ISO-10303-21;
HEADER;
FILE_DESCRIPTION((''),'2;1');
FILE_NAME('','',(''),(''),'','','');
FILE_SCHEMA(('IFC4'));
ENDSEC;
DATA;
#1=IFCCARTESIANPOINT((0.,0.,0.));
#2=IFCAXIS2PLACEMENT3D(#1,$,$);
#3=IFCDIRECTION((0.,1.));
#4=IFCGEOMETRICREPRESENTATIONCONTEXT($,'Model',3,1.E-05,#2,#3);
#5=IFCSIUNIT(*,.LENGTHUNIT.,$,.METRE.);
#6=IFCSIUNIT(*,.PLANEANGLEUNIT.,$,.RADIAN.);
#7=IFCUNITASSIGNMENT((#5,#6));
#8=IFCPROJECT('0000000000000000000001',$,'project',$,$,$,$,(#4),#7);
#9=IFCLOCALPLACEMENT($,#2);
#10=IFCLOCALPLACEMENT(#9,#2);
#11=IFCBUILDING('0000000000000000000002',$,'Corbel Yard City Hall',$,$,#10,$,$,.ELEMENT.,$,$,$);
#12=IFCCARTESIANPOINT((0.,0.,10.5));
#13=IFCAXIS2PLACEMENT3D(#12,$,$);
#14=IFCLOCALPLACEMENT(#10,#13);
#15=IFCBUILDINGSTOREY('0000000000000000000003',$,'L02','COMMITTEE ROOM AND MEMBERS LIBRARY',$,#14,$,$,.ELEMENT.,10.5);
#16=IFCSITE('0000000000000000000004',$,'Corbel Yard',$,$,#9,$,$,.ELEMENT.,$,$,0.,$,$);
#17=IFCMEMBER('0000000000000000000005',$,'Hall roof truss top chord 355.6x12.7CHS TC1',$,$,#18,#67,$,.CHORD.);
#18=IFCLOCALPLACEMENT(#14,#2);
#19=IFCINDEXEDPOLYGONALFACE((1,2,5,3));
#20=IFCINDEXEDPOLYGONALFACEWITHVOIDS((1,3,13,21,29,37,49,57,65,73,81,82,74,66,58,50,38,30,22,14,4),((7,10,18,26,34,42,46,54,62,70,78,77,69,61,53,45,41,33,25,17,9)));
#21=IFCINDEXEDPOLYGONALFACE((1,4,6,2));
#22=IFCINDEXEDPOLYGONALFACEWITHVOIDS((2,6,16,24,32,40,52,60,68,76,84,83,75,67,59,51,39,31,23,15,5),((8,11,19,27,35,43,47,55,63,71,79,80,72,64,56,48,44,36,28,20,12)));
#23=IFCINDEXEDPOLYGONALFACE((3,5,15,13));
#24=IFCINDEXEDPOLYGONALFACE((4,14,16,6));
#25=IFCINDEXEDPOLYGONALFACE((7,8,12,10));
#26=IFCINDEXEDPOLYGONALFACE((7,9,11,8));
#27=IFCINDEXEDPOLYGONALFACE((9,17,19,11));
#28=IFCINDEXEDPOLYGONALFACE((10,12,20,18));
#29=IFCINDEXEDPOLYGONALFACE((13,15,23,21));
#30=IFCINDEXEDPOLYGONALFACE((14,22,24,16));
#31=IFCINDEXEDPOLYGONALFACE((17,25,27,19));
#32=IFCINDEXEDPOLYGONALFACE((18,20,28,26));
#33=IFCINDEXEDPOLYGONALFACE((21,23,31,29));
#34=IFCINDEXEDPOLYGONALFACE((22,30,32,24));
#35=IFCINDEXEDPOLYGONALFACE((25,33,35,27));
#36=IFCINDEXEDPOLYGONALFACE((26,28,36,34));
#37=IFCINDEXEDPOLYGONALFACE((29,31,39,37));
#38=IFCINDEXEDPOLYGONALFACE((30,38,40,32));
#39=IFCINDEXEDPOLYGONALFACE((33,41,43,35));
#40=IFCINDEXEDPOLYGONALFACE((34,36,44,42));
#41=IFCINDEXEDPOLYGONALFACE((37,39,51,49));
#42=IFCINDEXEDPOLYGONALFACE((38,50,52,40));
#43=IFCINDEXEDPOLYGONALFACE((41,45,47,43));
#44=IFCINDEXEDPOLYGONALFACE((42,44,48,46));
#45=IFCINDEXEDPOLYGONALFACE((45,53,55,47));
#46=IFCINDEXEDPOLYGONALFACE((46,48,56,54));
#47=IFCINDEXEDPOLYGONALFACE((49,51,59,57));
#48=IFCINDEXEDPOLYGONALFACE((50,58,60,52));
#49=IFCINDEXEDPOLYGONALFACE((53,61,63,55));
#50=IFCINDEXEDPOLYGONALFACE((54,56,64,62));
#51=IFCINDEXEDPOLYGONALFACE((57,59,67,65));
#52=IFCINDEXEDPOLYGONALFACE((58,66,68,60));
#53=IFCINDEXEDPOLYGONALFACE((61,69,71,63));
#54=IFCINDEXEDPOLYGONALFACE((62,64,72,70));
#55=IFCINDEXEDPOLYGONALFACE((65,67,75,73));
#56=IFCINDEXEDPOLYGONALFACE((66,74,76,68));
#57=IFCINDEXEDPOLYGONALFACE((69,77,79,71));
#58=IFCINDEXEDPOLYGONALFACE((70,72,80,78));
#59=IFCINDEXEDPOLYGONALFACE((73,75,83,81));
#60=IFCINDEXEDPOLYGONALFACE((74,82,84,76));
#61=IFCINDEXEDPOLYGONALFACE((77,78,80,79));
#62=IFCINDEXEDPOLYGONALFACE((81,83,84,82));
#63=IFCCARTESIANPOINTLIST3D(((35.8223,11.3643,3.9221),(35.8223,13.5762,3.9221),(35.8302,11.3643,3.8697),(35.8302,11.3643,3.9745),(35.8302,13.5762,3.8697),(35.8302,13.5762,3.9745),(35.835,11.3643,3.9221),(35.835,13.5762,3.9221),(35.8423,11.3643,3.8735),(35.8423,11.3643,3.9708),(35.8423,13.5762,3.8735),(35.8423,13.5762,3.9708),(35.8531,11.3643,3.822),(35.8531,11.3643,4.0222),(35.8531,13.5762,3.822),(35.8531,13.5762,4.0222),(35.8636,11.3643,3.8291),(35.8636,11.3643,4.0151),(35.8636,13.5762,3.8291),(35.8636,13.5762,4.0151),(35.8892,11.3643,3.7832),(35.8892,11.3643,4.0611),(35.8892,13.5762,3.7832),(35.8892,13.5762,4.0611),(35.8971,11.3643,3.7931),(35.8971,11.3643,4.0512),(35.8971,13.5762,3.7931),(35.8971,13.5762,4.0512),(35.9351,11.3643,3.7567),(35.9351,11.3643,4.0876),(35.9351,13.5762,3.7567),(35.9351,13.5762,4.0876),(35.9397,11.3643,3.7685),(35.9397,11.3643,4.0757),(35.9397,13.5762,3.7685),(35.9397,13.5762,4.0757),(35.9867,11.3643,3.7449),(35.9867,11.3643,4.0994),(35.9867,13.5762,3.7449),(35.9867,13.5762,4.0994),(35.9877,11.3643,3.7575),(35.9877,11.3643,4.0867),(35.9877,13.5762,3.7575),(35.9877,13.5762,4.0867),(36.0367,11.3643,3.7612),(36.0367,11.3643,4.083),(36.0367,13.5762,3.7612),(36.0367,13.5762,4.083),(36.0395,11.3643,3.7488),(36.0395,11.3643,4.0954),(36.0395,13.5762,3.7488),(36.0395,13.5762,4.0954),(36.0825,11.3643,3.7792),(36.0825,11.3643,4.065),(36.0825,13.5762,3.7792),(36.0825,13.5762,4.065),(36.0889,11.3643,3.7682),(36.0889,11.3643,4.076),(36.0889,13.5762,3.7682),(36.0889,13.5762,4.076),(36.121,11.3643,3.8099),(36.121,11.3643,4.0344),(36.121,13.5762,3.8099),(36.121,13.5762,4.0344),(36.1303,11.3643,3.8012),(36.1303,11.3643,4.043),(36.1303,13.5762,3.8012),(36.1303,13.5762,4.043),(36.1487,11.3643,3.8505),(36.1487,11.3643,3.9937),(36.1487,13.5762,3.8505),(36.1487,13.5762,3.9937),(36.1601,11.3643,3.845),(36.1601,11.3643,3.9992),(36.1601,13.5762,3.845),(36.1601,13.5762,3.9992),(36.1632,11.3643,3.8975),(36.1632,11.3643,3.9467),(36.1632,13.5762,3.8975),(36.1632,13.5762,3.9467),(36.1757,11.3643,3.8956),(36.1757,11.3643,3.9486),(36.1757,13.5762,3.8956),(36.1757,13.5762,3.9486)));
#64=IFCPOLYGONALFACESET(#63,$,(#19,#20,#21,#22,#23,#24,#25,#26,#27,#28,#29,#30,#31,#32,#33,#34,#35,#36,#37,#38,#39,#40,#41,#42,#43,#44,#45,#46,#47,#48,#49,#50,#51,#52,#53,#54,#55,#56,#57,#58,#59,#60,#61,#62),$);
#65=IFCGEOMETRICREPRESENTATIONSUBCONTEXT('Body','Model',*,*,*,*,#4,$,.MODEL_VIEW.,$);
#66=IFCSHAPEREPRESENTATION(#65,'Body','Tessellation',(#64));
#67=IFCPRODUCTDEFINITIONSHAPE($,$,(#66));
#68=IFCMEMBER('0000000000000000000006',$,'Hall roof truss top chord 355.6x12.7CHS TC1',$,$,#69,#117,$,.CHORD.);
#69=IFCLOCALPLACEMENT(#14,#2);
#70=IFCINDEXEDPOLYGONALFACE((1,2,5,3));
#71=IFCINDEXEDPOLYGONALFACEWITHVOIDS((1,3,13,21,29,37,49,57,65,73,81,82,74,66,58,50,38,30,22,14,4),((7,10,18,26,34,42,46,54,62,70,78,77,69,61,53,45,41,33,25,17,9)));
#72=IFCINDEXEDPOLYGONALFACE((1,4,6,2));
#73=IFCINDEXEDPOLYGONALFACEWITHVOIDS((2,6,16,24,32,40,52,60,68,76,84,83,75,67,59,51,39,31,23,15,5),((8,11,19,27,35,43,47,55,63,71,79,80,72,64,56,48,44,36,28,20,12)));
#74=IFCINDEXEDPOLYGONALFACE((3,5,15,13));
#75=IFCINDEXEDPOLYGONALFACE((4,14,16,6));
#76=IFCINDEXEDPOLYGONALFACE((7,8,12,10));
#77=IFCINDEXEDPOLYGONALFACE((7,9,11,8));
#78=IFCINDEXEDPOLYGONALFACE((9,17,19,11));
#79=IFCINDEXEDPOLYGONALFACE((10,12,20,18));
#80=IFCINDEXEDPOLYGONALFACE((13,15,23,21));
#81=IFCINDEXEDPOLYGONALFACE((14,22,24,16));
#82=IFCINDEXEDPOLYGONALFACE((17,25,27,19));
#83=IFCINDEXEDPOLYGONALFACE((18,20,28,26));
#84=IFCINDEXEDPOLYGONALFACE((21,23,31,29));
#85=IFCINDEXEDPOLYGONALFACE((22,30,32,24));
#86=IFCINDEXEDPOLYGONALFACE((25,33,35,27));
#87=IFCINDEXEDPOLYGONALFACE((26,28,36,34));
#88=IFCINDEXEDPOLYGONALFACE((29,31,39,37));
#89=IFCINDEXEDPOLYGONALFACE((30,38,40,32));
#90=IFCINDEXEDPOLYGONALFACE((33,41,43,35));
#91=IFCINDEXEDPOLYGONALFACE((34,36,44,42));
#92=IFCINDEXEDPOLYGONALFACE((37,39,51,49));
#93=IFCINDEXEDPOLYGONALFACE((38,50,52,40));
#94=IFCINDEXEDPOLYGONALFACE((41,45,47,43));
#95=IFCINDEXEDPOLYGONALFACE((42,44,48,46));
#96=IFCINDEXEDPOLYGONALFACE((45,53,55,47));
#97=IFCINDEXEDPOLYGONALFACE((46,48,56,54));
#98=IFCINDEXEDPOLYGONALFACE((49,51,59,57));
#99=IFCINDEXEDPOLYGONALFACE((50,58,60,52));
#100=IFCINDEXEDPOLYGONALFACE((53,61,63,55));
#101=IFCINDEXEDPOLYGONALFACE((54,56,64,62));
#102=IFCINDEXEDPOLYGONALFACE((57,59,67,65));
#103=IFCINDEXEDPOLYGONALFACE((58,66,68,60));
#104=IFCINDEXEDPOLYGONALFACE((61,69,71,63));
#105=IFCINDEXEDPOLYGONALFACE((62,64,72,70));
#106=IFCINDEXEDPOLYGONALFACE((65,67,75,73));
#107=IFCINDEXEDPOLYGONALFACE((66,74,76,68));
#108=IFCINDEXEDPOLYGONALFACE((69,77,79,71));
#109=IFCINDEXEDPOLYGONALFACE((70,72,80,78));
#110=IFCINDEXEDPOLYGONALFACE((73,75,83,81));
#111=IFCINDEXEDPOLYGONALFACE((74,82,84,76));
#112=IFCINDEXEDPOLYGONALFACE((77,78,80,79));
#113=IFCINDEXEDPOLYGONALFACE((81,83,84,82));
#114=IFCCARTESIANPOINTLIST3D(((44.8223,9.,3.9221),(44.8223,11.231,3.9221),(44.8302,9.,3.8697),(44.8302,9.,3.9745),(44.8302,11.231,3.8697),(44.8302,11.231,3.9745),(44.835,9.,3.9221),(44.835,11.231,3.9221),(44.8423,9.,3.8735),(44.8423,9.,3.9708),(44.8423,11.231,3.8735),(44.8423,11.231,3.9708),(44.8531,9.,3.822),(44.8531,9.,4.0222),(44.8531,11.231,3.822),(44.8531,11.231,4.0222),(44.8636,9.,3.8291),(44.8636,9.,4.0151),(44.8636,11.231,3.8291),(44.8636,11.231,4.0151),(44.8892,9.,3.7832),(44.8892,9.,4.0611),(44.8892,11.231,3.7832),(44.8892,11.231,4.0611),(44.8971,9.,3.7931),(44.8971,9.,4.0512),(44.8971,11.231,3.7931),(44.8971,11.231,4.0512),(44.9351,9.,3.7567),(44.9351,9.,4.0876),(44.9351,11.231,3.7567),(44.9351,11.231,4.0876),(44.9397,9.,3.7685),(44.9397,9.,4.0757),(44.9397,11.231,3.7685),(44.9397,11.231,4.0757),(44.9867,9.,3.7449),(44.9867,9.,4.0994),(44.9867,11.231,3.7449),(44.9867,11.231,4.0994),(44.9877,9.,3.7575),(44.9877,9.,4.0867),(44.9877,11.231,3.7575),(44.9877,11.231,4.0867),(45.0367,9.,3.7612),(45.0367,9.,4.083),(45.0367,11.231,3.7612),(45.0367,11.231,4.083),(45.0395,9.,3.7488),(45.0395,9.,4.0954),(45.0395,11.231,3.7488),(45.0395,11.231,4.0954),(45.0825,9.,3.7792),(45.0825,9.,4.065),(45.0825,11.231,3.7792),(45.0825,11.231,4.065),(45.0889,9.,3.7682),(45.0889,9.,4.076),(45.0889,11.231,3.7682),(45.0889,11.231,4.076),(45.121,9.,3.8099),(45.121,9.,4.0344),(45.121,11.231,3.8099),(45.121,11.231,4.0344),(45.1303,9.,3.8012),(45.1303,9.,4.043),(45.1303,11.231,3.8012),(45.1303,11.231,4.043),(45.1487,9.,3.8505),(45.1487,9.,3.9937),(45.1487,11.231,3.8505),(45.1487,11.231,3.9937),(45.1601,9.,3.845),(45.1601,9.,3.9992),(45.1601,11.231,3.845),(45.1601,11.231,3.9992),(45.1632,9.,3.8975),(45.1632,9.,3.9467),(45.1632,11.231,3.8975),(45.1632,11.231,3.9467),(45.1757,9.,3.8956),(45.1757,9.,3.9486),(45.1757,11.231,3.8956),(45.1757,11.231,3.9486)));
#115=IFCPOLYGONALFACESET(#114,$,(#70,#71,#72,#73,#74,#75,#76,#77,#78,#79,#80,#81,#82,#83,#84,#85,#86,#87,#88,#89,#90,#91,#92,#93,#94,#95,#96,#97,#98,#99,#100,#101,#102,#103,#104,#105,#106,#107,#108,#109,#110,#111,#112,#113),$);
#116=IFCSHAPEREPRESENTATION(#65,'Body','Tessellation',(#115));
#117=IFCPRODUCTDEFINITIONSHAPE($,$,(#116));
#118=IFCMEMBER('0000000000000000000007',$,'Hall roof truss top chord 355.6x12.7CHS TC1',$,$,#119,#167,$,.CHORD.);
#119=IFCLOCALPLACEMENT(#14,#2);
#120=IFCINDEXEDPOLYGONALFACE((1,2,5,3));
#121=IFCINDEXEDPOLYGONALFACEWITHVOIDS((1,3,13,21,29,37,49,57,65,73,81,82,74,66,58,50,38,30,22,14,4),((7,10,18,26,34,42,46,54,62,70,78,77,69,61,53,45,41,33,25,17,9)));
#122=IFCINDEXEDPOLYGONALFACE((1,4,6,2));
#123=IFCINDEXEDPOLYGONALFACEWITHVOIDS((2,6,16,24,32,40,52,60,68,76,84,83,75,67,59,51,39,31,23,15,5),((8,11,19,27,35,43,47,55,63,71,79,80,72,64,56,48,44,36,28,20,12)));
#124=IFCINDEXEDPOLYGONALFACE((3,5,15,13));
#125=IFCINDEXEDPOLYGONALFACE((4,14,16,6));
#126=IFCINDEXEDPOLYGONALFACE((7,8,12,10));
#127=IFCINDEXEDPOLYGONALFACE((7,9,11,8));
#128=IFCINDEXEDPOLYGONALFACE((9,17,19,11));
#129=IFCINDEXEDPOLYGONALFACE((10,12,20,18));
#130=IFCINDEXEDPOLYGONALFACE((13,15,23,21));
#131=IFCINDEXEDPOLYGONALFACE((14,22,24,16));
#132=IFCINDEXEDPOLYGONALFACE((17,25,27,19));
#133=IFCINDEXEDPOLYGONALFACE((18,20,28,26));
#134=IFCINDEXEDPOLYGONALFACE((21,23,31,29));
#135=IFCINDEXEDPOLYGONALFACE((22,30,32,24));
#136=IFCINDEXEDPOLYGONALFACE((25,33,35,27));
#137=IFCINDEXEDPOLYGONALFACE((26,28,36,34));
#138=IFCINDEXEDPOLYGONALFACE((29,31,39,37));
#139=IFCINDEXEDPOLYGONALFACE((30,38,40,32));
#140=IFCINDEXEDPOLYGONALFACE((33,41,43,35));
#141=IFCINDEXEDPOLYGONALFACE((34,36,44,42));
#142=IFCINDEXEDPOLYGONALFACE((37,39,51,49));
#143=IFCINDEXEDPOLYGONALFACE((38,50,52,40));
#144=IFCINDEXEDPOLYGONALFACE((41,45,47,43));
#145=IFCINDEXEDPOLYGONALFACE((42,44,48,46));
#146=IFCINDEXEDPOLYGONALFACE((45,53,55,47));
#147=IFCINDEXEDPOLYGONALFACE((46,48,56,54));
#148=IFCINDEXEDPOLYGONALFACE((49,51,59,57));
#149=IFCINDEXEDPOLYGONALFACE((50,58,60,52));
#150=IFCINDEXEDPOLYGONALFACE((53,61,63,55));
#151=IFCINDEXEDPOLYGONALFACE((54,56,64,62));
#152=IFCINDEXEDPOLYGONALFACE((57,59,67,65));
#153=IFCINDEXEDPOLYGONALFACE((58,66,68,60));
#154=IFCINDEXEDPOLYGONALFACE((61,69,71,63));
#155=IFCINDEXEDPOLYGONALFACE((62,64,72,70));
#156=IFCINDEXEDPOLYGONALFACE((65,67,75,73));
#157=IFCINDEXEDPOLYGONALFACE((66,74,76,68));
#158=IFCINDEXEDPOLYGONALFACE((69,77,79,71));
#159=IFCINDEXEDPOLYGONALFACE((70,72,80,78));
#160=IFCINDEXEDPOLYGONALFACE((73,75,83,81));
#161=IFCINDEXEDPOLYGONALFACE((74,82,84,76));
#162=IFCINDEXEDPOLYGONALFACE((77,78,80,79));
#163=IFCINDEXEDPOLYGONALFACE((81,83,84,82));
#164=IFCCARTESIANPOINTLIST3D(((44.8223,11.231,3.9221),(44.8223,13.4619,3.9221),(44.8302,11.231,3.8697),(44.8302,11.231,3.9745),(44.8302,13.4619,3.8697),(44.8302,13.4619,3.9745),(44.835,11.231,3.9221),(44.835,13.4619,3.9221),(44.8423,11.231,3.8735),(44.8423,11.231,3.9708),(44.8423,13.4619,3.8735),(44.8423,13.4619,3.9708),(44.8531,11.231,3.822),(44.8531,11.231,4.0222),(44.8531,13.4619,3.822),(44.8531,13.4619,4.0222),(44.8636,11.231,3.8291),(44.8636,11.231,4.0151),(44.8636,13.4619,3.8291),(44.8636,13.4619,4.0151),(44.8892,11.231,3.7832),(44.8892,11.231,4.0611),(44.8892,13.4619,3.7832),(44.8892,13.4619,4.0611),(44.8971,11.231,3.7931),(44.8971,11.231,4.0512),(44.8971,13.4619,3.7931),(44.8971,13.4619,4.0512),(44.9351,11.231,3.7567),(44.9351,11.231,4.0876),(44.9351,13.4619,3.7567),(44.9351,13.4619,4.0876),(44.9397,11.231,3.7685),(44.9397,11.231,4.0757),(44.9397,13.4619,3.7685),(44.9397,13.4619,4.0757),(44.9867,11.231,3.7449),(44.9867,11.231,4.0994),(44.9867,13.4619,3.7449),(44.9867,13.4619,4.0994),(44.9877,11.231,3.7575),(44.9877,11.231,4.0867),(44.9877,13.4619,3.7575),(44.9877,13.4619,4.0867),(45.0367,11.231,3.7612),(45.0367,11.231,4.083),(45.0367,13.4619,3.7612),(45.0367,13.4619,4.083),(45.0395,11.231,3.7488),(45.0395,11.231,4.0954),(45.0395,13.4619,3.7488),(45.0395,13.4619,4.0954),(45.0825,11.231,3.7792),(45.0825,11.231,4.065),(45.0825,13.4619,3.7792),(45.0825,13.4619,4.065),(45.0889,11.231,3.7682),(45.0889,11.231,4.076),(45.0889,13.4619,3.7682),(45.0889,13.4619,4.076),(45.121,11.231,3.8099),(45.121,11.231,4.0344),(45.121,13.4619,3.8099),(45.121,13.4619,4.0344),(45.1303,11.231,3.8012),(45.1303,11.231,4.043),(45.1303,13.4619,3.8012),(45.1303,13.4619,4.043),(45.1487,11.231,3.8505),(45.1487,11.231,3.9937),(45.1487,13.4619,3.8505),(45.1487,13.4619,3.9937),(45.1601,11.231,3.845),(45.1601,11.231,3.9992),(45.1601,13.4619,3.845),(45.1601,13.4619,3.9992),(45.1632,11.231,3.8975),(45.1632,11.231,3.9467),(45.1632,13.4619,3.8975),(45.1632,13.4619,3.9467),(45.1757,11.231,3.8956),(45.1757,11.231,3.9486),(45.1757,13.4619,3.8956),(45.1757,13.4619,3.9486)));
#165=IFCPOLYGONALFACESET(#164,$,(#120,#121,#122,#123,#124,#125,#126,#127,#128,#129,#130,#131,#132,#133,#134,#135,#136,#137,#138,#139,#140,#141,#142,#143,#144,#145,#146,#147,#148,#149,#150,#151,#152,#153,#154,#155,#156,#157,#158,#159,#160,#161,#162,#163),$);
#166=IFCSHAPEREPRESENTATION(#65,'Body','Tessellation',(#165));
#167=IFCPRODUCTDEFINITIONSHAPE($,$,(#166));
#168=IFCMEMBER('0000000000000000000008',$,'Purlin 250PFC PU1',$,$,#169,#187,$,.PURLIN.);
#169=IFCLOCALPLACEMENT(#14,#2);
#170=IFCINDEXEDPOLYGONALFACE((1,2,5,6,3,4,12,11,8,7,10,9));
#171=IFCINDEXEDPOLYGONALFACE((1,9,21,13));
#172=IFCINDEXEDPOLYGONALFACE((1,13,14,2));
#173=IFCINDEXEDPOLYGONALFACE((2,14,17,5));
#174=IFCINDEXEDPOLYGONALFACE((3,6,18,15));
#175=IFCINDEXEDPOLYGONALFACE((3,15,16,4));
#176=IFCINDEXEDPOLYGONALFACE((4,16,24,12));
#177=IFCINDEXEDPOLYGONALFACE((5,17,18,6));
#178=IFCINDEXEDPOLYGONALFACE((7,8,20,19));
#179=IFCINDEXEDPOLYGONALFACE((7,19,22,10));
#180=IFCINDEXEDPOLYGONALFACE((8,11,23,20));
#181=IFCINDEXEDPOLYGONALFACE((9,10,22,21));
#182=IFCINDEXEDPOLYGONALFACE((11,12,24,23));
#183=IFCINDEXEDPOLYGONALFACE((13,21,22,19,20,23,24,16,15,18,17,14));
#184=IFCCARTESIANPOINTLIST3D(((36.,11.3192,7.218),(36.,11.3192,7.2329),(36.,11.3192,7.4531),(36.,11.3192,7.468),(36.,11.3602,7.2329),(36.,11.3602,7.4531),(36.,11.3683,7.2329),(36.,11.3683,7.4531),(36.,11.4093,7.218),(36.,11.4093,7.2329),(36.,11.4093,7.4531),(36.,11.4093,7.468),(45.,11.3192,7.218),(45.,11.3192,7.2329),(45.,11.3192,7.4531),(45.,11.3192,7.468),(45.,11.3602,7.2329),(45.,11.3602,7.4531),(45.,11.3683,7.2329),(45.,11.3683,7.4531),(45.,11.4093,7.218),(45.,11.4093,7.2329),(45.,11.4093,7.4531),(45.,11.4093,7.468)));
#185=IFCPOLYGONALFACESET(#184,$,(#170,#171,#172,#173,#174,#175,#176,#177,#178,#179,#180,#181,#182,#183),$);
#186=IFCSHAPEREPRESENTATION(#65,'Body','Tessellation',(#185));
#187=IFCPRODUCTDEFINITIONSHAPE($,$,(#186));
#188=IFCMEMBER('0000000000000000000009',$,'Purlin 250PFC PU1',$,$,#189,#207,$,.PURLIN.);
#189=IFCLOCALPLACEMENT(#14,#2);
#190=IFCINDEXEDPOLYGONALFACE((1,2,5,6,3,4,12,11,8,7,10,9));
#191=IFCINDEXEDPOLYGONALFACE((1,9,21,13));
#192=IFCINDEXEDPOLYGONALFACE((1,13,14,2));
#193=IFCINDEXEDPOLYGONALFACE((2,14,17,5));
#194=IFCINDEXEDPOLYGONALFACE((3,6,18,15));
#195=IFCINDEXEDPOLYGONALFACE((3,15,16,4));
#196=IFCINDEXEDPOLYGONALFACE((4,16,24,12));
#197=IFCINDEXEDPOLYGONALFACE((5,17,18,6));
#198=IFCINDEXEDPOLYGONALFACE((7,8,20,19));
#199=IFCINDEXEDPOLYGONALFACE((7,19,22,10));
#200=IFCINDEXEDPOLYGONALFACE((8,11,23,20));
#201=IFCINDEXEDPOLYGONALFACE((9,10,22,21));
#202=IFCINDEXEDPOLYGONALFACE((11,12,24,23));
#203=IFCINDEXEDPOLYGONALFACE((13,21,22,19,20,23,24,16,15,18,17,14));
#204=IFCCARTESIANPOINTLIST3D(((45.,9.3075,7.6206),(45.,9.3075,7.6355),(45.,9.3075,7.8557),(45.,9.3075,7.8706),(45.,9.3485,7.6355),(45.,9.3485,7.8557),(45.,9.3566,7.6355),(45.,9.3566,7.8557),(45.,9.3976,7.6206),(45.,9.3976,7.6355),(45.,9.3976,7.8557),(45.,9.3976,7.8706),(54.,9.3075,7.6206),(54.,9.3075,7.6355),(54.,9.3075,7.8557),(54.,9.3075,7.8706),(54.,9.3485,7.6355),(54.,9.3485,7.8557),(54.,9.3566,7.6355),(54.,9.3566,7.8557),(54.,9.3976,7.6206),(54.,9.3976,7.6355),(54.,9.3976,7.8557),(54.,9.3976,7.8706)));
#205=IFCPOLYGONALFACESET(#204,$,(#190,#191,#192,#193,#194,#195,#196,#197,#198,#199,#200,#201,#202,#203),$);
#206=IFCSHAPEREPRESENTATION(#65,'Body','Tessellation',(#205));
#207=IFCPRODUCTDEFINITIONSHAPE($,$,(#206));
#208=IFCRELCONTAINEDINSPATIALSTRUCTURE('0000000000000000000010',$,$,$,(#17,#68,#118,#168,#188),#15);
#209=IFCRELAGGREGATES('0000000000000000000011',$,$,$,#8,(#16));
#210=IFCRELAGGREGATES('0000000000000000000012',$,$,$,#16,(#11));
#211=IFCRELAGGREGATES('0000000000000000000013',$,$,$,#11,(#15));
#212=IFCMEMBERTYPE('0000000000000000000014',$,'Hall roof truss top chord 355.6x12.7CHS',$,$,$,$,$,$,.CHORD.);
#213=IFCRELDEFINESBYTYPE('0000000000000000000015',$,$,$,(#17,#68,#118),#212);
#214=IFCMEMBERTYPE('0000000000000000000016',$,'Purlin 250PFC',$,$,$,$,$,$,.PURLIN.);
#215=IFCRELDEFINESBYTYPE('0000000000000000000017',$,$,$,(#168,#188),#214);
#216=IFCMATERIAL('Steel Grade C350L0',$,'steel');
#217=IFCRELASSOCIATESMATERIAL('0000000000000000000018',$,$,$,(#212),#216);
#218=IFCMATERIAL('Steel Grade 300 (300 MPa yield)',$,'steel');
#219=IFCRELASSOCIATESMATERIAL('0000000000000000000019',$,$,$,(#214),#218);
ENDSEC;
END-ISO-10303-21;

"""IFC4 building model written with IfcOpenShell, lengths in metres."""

from ifc_helpers import new_model, si_unit, direction, frame, origin, origin_2d, place, context, subcontext, project, spatial, hollow_circle, i_section, extrude, material, material_profile, profile_set, type_object, element, save


model = new_model("IFC4")

# Units and contexts
model_context = context("Model", 3, precision=1e-05, world=origin(), true_north=direction((0.0, 1.0)))
body_context = subcontext(model_context, "Body", "Model", "MODEL_VIEW")
ifc_project = project(units=[si_unit("LENGTHUNIT", "METRE"), si_unit("PLANEANGLEUNIT", "RADIAN")], contexts=[model_context])

# Site, building, storey
site_placement = place(None, origin())
site = spatial("IfcSite", under=ifc_project, at=site_placement, Name="Corbel Yard", CompositionType="ELEMENT", RefElevation=0.0)
building_placement = place(site_placement, origin())
building = spatial("IfcBuilding", under=site, at=building_placement, Name="Corbel Yard City Hall", CompositionType="ELEMENT")
storey_placement = place(building_placement, frame((0.0, 0.0, 10.5)))
storey = spatial("IfcBuildingStorey", under=building, at=storey_placement, Name="L02", Description="COMMITTEE ROOM AND MEMBERS LIBRARY", CompositionType="ELEMENT", Elevation=10.5)

# Shared definitions
ifc_material_1 = material(Name="Steel Grade 300 (300 MPa yield)", Category="steel")

# Members
ifc_material_2 = material(Name="Steel Grade C350L0", Category="steel")
ifc_material_profile_1 = material_profile(ifc_material_2, hollow_circle(Radius=0.1777, WallThickness=0.0127, at=origin_2d()), Name="355.6x12.7CHS")
ifc_profile_set_1 = profile_set([ifc_material_profile_1], Name="Steel Grade C350L0")
member_type_1 = type_object("IfcMemberType", Name="Hall roof truss top chord 355.6x12.7CHS", PredefinedType="CHORD", material=ifc_profile_set_1)
member_1_placement = place(storey_placement, frame((36.0, 11.3643, 3.9221), z_axis=(0.0, 1.0, 0.0), x_axis=(-1.0, 0.0, 0.0)))
element("IfcMember", 1, at=member_1_placement, inside=storey, type_object=member_type_1, Name="Hall roof truss top chord 355.6x12.7CHS TC1", PredefinedType="CHORD", context=body_context, shape_type="SweptSolid", body=[
    extrude(hollow_circle(Radius=0.1777, WallThickness=0.0127, at=origin_2d()), origin(), (0.0, 0.0, 1.0), 2.2119),
])
for number, where, z_axis, x_axis, name in (
    (2, (45.0, 9.0, 3.9221), (0.0, 1.0, 0.0), (-1.0, 0.0, 0.0), "Hall roof truss top chord 355.6x12.7CHS TC1"),
    (3, (45.0, 11.231, 3.9221), (0.0, 1.0, 0.0), (-1.0, 0.0, 0.0), "Hall roof truss top chord 355.6x12.7CHS TC1"),
):
    element("IfcMember", number, at=place(storey_placement, frame(where, z_axis=z_axis, x_axis=x_axis)), inside=storey, type_object=member_type_1, Name=name, PredefinedType="CHORD", context=body_context, shape_type="SweptSolid", body=[
        extrude(hollow_circle(Radius=0.1777, WallThickness=0.0127, at=origin_2d()), origin(), (0.0, 0.0, 1.0), 2.231),
    ])
ifc_material_profile_2 = material_profile(ifc_material_1, i_section(OverallWidth=0.0901, OverallDepth=0.25, WebThickness=0.0081, FlangeThickness=0.0149, at=origin_2d()), Name="250PFC")
ifc_profile_set_2 = profile_set([ifc_material_profile_2], Name="Steel Grade 300 (300 MPa yield)")
member_type_2 = type_object("IfcMemberType", Name="Purlin 250PFC", PredefinedType="PURLIN", material=ifc_profile_set_2)
for number, where, z_axis, x_axis, name in (
    (4, (36.0, 11.3643, 7.343), (1.0, 0.0, 0.0), (0.0, 1.0, 0.0), "Purlin 250PFC PU1"),
    (5, (45.0, 9.3525, 7.7456), (1.0, 0.0, 0.0), (0.0, 1.0, 0.0), "Purlin 250PFC PU1"),
):
    element("IfcMember", number, at=place(storey_placement, frame(where, z_axis=z_axis, x_axis=x_axis)), inside=storey, type_object=member_type_2, Name=name, PredefinedType="PURLIN", context=body_context, shape_type="SweptSolid", body=[
        extrude(i_section(OverallWidth=0.0901, OverallDepth=0.25, WebThickness=0.0081, FlangeThickness=0.0149, at=origin_2d()), origin(), (0.0, 0.0, 1.0), 9.0),
    ])

save(model, "model.ifc")
